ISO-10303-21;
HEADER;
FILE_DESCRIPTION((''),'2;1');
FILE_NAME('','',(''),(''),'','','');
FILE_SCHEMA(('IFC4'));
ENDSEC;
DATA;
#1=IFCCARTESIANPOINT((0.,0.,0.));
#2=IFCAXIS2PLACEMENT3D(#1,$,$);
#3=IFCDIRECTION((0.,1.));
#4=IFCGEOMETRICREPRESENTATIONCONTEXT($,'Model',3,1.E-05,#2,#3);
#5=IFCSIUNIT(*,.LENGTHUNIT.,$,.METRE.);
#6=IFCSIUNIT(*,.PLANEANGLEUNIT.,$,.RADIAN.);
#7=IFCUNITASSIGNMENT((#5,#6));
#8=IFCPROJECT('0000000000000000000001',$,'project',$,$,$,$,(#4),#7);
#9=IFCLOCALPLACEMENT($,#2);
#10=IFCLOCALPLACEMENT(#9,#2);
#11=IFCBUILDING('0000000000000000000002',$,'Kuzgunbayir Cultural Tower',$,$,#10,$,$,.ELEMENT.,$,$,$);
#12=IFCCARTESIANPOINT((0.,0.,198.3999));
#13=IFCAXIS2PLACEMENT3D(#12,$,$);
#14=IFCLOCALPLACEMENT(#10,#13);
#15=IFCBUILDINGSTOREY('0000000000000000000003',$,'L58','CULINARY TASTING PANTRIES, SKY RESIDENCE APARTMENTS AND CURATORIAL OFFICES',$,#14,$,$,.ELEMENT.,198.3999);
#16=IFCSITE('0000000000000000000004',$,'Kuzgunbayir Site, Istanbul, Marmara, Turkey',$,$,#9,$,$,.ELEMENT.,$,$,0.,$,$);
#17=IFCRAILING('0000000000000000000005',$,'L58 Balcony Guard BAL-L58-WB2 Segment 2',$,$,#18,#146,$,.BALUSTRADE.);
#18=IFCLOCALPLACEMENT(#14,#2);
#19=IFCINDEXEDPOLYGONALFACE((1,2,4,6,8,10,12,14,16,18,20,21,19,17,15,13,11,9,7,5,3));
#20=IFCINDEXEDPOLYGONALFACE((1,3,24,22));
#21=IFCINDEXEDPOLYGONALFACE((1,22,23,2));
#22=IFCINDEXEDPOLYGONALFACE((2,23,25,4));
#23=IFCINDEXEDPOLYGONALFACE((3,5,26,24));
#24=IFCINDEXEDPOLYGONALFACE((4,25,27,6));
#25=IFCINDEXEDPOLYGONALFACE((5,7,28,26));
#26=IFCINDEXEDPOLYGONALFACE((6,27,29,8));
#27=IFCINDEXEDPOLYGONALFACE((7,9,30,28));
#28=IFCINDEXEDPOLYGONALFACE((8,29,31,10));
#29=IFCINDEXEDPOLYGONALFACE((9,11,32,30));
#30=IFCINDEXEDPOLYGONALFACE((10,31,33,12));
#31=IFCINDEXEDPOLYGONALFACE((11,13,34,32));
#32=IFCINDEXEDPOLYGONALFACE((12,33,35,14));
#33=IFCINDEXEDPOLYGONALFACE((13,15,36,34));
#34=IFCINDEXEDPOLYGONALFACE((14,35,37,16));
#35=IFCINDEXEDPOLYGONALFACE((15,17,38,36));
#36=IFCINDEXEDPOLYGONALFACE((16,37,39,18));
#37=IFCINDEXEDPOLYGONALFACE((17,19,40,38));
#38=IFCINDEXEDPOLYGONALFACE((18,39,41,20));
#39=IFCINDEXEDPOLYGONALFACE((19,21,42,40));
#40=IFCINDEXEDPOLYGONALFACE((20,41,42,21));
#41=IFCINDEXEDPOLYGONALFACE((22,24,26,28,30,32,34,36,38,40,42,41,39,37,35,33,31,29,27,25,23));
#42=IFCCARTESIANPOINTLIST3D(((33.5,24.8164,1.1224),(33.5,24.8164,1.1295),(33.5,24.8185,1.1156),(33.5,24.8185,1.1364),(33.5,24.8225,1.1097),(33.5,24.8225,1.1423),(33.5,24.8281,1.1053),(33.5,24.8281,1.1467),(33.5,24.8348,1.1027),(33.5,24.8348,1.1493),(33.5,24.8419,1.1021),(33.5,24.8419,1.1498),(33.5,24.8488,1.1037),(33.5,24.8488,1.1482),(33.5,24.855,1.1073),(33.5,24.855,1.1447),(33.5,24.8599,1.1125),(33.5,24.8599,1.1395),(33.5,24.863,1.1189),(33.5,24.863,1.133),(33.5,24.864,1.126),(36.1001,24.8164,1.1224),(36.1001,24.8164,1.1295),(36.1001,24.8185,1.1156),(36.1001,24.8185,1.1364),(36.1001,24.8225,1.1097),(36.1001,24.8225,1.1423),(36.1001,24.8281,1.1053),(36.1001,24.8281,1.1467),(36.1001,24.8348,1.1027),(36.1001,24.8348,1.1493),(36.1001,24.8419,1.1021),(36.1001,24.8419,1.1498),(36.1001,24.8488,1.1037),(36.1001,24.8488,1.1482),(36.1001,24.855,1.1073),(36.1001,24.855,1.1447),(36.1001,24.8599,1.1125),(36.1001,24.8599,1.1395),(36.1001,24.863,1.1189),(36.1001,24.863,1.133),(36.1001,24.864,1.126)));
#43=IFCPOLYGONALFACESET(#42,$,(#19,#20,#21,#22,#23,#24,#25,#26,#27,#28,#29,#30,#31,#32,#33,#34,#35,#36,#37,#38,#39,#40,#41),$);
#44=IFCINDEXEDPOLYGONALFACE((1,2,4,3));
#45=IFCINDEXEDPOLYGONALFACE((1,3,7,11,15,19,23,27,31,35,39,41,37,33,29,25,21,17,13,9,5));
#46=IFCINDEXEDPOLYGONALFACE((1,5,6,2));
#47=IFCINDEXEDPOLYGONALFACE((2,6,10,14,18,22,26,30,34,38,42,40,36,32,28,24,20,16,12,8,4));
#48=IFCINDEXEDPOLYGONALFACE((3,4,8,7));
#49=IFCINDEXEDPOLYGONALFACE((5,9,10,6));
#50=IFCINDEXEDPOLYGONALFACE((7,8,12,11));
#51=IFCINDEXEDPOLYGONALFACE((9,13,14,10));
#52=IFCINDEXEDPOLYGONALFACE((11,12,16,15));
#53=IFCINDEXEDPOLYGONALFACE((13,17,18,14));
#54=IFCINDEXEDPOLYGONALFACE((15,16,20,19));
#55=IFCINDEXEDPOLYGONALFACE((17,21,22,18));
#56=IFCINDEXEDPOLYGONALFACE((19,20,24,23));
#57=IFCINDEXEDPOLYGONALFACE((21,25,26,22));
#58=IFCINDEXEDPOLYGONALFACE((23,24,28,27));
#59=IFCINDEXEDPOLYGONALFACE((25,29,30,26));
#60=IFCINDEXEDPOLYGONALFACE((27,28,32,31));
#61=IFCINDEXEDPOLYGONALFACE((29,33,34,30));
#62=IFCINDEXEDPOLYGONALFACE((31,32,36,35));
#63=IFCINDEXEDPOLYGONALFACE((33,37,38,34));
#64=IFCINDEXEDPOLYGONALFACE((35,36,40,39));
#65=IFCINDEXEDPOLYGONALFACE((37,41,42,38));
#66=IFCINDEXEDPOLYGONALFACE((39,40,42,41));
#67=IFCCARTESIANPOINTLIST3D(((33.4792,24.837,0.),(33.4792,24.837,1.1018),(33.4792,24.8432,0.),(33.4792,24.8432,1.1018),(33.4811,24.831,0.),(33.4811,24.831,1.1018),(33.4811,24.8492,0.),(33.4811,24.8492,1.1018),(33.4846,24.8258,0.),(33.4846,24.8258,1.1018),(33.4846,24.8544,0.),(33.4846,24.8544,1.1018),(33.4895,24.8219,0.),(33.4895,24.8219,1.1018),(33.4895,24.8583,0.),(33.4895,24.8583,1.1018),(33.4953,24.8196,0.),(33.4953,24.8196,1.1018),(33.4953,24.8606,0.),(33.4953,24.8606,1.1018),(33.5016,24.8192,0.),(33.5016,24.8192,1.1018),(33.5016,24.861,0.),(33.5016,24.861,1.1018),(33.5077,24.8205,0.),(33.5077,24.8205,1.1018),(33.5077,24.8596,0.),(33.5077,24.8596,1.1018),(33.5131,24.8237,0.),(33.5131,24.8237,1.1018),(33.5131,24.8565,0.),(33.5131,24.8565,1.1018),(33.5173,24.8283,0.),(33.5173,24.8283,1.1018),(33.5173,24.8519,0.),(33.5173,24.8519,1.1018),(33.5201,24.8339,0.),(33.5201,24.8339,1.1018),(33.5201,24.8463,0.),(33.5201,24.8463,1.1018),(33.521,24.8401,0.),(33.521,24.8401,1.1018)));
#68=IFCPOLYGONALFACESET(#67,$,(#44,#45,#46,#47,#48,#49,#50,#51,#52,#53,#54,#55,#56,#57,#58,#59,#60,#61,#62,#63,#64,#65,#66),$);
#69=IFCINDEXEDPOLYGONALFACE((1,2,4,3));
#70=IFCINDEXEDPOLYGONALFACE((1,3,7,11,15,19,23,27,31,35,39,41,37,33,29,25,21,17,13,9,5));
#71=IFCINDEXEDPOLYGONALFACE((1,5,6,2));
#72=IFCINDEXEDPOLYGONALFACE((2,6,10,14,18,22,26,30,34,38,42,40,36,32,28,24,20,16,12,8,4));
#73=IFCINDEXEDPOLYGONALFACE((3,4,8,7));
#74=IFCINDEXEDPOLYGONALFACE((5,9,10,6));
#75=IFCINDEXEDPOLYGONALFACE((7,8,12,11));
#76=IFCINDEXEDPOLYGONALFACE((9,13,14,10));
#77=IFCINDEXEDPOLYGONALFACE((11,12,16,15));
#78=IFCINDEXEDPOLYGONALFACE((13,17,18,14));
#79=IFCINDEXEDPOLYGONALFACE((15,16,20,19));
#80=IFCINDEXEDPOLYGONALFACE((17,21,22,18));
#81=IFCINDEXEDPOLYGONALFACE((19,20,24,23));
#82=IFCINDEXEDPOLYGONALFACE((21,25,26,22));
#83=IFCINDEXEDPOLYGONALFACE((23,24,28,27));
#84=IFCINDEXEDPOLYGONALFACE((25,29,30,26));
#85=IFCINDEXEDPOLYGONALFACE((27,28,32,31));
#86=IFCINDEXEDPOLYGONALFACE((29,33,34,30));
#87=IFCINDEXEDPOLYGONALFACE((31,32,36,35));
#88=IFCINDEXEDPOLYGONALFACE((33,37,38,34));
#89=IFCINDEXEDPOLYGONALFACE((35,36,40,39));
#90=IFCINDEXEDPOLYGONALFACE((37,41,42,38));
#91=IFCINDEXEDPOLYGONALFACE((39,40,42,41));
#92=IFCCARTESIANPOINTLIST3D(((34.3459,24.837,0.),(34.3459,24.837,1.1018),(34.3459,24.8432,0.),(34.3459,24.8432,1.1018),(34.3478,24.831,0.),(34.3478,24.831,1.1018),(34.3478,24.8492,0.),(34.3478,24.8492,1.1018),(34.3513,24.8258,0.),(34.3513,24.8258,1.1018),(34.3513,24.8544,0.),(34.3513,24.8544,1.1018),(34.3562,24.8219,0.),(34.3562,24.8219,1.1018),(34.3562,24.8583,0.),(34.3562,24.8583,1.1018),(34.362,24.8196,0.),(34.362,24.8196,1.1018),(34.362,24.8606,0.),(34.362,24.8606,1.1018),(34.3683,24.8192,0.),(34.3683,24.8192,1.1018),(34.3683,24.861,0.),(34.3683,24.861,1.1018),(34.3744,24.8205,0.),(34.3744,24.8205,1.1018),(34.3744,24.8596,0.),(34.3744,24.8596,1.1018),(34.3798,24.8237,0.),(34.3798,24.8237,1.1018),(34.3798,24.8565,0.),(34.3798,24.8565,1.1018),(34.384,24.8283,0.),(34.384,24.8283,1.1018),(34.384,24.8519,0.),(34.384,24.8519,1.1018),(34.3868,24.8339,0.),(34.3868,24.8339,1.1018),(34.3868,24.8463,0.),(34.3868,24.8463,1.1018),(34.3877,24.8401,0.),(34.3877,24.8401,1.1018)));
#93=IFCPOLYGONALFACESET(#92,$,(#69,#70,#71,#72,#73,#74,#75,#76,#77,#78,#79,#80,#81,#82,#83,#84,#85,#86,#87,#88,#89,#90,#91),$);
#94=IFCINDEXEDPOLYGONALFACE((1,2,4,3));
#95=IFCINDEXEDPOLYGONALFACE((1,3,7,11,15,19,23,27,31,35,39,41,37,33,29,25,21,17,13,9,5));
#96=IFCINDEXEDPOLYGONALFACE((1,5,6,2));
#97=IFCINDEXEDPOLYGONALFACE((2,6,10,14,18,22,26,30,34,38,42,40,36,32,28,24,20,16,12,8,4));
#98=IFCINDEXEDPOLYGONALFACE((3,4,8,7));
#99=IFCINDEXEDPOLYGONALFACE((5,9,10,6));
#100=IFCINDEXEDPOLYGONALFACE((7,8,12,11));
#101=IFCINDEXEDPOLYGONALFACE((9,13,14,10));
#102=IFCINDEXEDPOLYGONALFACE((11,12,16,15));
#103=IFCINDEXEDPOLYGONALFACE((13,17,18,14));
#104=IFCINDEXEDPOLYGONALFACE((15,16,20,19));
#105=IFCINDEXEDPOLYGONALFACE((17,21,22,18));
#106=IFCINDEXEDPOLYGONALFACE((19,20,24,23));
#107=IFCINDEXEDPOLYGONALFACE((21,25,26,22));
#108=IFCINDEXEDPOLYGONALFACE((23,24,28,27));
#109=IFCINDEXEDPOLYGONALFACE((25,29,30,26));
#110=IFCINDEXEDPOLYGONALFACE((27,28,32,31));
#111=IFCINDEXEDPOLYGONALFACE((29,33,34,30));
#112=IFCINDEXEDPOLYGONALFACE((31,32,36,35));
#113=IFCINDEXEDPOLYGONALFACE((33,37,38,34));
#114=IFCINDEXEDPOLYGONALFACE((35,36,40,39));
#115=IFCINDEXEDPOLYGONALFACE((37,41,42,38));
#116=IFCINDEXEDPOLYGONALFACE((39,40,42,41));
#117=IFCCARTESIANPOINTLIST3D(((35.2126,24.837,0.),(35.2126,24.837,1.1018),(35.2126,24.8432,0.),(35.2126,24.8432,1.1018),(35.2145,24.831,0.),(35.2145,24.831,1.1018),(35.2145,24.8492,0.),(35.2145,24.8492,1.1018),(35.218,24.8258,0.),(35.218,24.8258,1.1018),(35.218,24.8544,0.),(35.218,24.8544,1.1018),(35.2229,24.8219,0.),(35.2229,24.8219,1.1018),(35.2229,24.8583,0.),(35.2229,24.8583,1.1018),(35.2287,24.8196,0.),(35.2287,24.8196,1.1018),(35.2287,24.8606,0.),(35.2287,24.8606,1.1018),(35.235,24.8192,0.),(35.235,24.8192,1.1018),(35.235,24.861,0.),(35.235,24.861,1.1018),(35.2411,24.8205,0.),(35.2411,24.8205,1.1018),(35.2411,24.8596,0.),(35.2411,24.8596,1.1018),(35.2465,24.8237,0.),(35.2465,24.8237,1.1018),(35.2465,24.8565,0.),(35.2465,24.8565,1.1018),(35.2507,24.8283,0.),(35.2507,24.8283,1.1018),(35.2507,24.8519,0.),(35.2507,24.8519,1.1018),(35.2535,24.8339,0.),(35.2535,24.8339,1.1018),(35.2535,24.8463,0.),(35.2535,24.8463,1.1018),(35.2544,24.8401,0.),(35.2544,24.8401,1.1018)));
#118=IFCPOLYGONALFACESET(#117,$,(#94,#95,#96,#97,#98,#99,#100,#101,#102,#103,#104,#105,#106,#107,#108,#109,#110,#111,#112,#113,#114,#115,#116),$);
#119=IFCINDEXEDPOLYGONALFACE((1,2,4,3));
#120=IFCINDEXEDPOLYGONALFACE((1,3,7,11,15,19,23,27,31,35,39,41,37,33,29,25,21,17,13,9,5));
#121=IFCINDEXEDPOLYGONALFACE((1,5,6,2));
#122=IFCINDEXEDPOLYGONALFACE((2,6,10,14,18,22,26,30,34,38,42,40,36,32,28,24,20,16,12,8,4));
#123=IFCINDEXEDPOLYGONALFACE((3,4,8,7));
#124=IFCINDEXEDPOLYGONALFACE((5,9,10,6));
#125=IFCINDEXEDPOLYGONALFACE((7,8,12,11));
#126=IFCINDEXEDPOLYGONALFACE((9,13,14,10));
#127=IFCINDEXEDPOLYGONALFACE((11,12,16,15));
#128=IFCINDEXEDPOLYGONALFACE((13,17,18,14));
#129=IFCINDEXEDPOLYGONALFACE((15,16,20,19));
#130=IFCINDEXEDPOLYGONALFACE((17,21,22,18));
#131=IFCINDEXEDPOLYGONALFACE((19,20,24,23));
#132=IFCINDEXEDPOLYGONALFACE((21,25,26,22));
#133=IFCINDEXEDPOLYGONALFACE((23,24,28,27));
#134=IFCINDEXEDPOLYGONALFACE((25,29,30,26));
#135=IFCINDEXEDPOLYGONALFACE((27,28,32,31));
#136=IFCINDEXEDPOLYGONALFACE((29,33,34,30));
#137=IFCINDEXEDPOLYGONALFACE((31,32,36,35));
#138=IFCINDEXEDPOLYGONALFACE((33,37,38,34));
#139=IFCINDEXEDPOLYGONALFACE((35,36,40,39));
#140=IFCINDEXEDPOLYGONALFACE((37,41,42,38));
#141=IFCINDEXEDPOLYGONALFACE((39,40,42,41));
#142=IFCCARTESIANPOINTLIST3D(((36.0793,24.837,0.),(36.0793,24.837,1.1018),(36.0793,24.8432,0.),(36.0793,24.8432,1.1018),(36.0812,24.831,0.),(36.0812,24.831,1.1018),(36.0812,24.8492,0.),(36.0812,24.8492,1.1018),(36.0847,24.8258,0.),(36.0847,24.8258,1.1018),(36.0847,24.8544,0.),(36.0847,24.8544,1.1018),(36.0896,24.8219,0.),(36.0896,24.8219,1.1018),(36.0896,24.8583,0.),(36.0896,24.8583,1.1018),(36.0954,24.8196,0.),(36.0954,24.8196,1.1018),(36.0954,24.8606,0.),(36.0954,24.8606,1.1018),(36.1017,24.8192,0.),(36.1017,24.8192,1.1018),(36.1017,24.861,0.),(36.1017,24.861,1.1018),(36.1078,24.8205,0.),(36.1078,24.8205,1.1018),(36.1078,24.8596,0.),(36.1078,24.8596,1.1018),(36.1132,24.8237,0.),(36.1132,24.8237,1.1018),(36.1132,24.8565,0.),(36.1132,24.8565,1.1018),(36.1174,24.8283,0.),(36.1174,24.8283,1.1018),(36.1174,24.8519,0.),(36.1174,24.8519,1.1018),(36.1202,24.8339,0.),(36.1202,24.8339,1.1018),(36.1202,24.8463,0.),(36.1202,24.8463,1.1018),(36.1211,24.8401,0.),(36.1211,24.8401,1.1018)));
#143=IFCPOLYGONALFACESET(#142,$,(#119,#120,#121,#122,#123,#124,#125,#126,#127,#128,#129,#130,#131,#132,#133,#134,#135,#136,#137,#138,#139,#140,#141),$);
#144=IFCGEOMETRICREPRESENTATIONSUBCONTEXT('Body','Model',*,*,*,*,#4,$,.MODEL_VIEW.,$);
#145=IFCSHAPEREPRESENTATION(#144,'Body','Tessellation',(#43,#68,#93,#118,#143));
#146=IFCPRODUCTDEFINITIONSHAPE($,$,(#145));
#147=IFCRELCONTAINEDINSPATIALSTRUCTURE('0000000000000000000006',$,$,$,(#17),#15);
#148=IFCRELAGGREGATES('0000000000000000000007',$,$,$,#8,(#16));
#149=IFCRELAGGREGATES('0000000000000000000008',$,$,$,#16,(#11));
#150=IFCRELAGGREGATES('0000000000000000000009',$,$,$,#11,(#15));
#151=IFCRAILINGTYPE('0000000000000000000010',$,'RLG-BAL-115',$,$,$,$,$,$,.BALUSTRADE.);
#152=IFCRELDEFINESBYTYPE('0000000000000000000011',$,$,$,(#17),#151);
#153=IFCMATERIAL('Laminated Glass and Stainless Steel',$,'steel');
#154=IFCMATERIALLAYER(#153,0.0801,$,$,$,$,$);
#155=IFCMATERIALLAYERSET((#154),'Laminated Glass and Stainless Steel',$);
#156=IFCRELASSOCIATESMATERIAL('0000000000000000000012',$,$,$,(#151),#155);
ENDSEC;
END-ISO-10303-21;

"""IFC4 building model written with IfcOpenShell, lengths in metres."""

from ifc_helpers import new_model, si_unit, direction, frame, origin, origin_2d, place, context, subcontext, project, spatial, circle, extrude, material, layer, layer_set, type_object, element, save


model = new_model("IFC4")

# Units and contexts
model_context = context("Model", 3, precision=1e-05, world=origin(), true_north=direction((0.0, 1.0)))
body_context = subcontext(model_context, "Body", "Model", "MODEL_VIEW")
ifc_project = project(units=[si_unit("LENGTHUNIT", "METRE"), si_unit("PLANEANGLEUNIT", "RADIAN")], contexts=[model_context])

# Site, building, storey
site_placement = place(None, origin())
site = spatial("IfcSite", under=ifc_project, at=site_placement, Name="Kuzgunbayir Site, Istanbul, Marmara, Turkey", CompositionType="ELEMENT", RefElevation=0.0)
building_placement = place(site_placement, origin())
building = spatial("IfcBuilding", under=site, at=building_placement, Name="Kuzgunbayir Cultural Tower", CompositionType="ELEMENT")
storey_placement = place(building_placement, frame((0.0, 0.0, 198.3999)))
storey = spatial("IfcBuildingStorey", under=building, at=storey_placement, Name="L58", Description="CULINARY TASTING PANTRIES, SKY RESIDENCE APARTMENTS AND CURATORIAL OFFICES", CompositionType="ELEMENT", Elevation=198.3999)

# Railing
ifc_material_1 = material(Name="Laminated Glass and Stainless Steel", Category="steel")
ifc_layer_1 = layer(ifc_material_1, 0.0801)
ifc_layer_set_1 = layer_set([ifc_layer_1], Name="Laminated Glass and Stainless Steel")
railing_type = type_object("IfcRailingType", Name="RLG-BAL-115", PredefinedType="BALUSTRADE", material=ifc_layer_set_1)
railing_1_placement = place(storey_placement, frame((33.5, 24.8401, 0.0)))
element("IfcRailing", 1, at=railing_1_placement, inside=storey, type_object=railing_type, Name="L58 Balcony Guard BAL-L58-WB2 Segment 2", PredefinedType="BALUSTRADE", context=body_context, shape_type="SweptSolid", body=[
    extrude(circle(Radius=0.0239, at=origin_2d()), frame((0.0, 0.0, 1.126), z_axis=(1.0, 0.0, 0.0), x_axis=(0.0, 1.0, 0.0)), (0.0, 0.0, 1.0), 2.6001),
    extrude(circle(Radius=0.021, at=origin_2d()), origin(), (0.0, 0.0, 1.0), 1.1018),
    extrude(circle(Radius=0.021, at=origin_2d()), frame((0.8667, 0.0, 0.0)), (0.0, 0.0, 1.0), 1.1018),
    extrude(circle(Radius=0.021, at=origin_2d()), frame((1.7334, 0.0, 0.0)), (0.0, 0.0, 1.0), 1.1018),
    extrude(circle(Radius=0.021, at=origin_2d()), frame((2.6001, 0.0, 0.0)), (0.0, 0.0, 1.0), 1.1018),
])

save(model, "model.ifc")
